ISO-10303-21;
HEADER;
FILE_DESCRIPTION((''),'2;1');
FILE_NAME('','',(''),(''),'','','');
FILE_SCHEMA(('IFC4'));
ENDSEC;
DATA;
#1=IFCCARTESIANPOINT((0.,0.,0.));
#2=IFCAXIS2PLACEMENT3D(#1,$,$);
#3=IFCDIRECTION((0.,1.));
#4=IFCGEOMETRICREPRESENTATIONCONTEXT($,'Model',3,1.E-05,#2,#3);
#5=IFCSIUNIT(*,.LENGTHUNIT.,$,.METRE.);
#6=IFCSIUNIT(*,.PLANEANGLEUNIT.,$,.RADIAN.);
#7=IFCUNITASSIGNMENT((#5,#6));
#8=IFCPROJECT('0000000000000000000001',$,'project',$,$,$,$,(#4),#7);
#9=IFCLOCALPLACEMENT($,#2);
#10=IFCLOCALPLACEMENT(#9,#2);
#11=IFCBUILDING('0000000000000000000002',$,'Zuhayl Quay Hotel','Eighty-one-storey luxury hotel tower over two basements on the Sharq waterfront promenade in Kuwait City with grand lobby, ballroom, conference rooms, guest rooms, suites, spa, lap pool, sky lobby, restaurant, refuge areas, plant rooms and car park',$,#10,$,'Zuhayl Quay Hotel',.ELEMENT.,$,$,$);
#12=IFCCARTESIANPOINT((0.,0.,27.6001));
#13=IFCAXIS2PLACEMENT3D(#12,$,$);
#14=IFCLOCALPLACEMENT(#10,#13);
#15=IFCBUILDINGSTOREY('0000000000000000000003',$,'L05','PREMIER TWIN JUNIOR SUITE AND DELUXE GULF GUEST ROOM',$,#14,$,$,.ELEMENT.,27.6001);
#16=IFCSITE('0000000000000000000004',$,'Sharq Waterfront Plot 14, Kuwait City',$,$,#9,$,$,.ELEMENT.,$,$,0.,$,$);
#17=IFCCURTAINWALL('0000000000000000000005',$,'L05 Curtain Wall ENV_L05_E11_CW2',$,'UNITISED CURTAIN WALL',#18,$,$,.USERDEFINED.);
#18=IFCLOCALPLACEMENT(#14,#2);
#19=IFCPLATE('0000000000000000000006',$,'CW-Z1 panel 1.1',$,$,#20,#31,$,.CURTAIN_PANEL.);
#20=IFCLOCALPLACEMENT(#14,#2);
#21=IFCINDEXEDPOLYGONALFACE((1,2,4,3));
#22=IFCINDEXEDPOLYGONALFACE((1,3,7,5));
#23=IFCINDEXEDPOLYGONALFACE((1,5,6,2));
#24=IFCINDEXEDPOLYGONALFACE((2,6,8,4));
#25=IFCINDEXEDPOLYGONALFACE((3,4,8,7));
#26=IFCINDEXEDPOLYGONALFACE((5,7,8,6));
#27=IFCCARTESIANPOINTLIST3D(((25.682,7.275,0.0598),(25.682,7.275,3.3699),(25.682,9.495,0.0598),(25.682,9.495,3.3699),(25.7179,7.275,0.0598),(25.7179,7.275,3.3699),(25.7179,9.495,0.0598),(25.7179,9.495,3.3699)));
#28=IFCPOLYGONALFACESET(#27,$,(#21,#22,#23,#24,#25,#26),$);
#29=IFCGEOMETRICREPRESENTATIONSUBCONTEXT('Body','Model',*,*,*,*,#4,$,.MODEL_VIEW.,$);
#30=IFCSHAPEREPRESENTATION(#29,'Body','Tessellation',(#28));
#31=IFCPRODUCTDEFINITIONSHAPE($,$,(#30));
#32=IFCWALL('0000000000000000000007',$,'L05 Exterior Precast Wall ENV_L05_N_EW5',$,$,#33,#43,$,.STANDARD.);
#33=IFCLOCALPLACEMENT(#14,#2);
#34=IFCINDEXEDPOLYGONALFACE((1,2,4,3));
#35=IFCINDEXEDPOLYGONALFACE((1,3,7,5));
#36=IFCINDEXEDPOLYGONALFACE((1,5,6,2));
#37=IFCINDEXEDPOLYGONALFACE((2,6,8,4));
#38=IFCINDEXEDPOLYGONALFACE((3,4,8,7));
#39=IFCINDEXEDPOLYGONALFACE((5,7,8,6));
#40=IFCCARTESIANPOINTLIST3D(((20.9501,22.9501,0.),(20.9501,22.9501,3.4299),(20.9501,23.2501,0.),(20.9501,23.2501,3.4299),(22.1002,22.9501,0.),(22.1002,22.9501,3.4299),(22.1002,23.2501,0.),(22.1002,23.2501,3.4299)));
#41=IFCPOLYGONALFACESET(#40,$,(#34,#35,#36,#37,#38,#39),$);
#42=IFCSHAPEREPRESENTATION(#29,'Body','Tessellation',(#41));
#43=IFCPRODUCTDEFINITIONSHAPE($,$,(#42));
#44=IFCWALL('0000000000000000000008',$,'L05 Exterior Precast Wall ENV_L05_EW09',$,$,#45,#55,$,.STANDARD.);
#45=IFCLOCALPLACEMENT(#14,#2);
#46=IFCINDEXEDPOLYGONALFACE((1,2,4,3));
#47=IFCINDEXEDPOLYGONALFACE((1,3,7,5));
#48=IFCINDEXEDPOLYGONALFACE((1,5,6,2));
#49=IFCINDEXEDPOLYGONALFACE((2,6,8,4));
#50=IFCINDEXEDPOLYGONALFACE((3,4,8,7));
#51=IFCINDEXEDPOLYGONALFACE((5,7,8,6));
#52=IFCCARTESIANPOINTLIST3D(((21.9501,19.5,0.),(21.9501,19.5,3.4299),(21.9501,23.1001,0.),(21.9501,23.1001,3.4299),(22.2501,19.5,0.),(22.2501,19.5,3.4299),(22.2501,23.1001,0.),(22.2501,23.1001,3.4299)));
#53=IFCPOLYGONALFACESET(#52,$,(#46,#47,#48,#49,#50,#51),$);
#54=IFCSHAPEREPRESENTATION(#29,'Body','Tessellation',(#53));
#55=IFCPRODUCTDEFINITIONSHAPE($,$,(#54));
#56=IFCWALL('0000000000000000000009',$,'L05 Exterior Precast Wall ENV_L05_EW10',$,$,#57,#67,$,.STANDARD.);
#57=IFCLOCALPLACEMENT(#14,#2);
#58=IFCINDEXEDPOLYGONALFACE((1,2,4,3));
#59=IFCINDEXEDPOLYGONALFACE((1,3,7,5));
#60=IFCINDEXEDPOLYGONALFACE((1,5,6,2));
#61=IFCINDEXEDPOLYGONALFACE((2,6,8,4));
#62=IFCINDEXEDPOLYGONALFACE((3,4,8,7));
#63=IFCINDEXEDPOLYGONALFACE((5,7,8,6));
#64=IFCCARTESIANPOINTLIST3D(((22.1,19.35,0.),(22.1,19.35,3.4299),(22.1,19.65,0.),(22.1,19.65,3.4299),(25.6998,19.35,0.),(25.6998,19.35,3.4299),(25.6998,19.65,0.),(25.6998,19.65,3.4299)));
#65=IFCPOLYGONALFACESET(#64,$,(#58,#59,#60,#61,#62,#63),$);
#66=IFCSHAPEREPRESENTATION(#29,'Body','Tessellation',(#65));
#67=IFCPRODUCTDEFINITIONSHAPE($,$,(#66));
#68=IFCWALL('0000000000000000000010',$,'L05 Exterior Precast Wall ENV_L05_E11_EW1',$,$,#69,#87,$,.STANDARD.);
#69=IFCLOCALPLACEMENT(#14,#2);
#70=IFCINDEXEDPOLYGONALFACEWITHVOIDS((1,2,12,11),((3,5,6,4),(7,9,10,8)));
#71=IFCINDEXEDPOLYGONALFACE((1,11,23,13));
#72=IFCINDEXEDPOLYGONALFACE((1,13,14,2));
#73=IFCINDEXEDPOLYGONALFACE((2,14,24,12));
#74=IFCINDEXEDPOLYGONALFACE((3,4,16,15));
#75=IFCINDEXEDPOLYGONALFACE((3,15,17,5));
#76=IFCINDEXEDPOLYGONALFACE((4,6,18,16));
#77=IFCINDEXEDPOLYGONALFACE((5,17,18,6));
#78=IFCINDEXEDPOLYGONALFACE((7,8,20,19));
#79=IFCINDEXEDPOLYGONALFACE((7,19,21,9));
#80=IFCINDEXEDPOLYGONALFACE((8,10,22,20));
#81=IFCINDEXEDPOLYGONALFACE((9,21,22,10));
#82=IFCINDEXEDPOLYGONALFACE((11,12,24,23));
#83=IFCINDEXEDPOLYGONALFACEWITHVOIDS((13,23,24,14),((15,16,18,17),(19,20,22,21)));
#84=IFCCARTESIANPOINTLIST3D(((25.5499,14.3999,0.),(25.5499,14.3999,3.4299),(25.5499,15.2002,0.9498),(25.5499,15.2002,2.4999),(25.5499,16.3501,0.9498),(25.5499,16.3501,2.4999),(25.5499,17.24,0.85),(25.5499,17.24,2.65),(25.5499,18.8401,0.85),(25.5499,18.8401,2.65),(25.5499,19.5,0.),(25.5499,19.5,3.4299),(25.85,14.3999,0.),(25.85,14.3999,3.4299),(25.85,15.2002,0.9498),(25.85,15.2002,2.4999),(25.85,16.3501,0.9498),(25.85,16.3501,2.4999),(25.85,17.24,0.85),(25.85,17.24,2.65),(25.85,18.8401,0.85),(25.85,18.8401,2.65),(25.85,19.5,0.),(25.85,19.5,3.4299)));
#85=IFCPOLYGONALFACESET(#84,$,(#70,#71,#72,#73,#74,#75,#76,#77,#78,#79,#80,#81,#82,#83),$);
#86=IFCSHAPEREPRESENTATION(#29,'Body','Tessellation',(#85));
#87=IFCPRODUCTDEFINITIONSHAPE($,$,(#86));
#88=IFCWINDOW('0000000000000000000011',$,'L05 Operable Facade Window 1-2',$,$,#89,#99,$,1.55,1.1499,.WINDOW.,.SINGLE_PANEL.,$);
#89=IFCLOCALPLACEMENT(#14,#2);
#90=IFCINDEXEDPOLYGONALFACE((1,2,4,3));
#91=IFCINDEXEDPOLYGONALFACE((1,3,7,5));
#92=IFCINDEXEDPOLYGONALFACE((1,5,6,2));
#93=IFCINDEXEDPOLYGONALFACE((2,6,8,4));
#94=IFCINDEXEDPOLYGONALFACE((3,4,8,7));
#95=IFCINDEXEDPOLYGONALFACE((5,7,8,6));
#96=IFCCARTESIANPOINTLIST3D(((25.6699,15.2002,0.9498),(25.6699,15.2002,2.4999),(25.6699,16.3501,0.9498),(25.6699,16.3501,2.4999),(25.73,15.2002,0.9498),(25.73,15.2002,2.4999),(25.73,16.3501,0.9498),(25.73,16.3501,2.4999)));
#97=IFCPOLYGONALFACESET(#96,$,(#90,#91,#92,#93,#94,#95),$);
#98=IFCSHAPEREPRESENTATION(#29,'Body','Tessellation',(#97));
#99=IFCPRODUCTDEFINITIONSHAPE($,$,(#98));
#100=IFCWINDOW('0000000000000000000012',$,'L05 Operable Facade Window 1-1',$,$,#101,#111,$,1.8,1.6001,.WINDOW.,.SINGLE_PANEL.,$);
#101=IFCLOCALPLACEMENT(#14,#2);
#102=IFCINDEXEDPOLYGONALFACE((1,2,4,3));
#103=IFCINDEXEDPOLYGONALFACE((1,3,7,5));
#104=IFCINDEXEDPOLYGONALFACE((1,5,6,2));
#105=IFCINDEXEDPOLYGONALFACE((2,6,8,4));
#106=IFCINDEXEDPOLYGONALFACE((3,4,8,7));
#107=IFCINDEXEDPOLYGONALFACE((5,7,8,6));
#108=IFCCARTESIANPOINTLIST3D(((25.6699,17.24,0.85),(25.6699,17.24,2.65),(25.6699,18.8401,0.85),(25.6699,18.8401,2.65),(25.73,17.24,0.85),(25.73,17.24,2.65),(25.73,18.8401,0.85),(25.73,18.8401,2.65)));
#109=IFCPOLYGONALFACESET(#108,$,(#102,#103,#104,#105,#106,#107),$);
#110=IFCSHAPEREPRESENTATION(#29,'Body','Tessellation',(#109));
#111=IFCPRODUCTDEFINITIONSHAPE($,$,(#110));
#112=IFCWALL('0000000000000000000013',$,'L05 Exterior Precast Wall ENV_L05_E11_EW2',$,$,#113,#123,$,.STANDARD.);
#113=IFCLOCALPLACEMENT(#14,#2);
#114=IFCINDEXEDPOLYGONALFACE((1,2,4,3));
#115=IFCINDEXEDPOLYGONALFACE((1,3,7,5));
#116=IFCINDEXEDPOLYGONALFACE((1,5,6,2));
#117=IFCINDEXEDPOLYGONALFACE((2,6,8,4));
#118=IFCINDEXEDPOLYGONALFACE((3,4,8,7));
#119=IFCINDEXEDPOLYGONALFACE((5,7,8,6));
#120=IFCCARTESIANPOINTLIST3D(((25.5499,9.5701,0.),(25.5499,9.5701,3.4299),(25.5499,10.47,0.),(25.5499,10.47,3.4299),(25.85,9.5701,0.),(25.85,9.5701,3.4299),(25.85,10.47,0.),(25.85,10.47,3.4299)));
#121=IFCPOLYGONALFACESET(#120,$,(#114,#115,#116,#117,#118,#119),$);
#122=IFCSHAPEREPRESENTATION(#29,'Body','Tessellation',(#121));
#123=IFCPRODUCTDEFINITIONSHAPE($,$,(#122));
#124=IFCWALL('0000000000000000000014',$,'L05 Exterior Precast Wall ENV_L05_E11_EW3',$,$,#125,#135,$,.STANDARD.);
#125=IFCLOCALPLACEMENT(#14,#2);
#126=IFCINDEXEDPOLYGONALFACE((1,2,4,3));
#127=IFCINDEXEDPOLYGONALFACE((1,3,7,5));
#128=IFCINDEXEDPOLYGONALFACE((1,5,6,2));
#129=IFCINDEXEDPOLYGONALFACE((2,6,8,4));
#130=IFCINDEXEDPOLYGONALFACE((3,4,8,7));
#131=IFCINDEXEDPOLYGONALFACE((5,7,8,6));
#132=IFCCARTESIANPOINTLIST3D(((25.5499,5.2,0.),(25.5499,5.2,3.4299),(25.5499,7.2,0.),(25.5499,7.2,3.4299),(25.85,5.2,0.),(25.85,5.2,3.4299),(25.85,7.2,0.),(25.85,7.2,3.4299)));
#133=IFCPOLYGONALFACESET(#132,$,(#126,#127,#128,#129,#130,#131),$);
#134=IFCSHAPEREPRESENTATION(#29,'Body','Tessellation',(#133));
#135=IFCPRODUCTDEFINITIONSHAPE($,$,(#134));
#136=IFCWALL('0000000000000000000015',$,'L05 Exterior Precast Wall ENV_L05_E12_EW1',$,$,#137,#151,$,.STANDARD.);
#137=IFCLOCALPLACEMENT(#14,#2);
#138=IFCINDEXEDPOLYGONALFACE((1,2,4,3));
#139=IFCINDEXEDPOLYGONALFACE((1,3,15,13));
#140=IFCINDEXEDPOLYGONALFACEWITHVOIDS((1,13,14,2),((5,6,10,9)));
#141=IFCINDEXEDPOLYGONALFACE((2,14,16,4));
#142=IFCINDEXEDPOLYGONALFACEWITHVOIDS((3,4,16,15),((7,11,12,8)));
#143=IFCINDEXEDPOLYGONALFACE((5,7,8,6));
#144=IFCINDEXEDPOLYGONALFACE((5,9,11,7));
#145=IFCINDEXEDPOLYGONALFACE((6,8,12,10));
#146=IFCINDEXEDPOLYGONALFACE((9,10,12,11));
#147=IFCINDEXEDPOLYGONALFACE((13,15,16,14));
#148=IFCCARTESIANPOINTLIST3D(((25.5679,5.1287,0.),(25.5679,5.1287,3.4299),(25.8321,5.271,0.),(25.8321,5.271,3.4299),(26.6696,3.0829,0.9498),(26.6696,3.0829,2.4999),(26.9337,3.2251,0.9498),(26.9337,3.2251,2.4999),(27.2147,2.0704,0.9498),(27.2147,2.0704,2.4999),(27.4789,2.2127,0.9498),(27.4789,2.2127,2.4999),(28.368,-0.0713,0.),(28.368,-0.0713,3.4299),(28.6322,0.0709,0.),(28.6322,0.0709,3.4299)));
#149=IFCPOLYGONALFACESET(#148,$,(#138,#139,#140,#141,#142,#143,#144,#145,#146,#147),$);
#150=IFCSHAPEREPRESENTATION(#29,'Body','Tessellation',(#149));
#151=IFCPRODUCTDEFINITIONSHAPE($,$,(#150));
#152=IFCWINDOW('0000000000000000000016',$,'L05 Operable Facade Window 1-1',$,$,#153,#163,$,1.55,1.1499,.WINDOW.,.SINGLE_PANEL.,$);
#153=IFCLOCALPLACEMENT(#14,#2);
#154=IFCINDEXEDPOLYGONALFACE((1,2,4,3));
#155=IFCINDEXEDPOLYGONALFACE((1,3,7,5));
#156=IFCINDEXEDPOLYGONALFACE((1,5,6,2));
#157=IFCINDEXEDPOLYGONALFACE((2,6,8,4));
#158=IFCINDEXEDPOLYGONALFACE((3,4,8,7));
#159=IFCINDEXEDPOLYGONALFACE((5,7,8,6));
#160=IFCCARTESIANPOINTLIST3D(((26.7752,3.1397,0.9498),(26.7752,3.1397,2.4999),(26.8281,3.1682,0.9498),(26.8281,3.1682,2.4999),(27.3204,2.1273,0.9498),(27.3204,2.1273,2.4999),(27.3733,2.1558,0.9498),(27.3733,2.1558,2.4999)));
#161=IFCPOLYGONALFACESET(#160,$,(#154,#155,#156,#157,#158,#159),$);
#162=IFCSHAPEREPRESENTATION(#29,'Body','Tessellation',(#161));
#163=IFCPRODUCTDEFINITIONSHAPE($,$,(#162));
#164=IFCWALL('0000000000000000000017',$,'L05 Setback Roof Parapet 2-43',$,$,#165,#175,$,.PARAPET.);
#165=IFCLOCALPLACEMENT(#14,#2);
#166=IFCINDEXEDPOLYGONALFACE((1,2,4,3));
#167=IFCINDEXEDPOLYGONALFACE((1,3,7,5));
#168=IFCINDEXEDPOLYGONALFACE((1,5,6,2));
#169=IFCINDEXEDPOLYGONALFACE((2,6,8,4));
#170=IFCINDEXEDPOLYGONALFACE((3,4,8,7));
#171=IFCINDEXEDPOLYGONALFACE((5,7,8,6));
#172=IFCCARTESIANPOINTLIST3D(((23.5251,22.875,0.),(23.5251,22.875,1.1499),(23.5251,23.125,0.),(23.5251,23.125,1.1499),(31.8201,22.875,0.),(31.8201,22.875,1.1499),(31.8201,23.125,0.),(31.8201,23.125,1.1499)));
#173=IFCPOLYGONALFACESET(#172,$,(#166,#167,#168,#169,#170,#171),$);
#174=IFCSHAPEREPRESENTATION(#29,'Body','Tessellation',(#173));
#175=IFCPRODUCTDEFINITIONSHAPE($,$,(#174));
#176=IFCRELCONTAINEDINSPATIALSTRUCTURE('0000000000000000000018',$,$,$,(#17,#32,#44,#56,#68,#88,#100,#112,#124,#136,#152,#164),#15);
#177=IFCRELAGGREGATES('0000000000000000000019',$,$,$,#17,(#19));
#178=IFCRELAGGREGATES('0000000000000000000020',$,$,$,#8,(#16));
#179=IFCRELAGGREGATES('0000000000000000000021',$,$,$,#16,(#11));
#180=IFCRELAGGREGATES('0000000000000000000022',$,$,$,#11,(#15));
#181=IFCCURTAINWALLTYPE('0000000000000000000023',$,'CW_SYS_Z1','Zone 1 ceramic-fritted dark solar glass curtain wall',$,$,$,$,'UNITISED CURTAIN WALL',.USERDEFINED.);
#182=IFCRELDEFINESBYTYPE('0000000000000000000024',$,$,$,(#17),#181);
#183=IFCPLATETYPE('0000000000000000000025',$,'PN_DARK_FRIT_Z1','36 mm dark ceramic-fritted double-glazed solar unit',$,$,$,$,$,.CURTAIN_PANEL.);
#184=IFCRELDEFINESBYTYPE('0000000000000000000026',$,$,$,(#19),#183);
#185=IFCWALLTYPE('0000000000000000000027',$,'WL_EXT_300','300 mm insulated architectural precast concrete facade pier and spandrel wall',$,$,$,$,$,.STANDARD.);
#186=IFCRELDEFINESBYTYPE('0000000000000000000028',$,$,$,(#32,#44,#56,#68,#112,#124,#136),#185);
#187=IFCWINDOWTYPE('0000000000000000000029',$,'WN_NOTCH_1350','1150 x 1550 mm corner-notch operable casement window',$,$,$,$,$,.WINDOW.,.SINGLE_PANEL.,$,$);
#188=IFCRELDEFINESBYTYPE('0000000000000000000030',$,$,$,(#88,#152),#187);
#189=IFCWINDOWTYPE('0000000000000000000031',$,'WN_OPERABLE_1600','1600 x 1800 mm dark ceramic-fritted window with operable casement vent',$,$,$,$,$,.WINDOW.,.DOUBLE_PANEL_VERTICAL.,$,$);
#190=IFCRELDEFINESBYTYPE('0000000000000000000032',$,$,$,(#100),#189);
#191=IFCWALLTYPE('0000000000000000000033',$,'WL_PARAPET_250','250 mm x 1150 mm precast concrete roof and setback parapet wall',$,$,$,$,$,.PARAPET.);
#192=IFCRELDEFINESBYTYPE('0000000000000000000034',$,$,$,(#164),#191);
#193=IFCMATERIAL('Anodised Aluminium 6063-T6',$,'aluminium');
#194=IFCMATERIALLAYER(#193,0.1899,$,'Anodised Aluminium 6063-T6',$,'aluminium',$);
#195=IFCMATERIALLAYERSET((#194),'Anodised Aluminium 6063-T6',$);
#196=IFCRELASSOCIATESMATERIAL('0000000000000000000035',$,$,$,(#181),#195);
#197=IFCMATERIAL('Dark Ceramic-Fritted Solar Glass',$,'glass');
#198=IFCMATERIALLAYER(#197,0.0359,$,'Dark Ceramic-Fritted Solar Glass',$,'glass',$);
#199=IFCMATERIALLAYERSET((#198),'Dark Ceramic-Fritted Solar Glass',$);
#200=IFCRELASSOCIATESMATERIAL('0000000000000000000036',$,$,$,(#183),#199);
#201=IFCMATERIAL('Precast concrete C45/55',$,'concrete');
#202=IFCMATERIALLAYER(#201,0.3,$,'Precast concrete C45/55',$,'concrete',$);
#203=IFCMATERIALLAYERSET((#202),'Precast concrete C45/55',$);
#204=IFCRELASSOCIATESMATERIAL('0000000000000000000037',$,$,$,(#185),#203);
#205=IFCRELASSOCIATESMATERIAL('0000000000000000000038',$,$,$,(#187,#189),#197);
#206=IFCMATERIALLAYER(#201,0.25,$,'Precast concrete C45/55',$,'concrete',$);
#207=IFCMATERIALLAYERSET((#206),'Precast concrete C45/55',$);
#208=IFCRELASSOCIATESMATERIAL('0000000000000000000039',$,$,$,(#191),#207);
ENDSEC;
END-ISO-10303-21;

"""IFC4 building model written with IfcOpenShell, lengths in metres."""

from ifc_helpers import new_model, si_unit, direction, frame, frame_2d, origin, origin_2d, place, context, subcontext, project, spatial, rectangle, extrude, material, layer, layer_set, type_object, element, fill, aggregate, save


model = new_model("IFC4")

# Units and contexts
model_context = context("Model", 3, precision=1e-05, world=origin(), true_north=direction((0.0, 1.0)))
body_context = subcontext(model_context, "Body", "Model", "MODEL_VIEW")
ifc_project = project(units=[si_unit("LENGTHUNIT", "METRE"), si_unit("PLANEANGLEUNIT", "RADIAN")], contexts=[model_context])

# Site, building, storey
site_placement = place(None, origin())
site = spatial("IfcSite", under=ifc_project, at=site_placement, Name="Sharq Waterfront Plot 14, Kuwait City", CompositionType="ELEMENT", RefElevation=0.0)
building_placement = place(site_placement, origin())
building = spatial("IfcBuilding", under=site, at=building_placement, Name="Zuhayl Quay Hotel", Description="Eighty-one-storey luxury hotel tower over two basements on the Sharq waterfront promenade in Kuwait City with grand lobby, ballroom, conference rooms, guest rooms, suites, spa, lap pool, sky lobby, restaurant, refuge areas, plant rooms and car park", LongName="Zuhayl Quay Hotel", CompositionType="ELEMENT")
storey_placement = place(building_placement, frame((0.0, 0.0, 27.6001)))
storey = spatial("IfcBuildingStorey", under=building, at=storey_placement, Name="L05", Description="PREMIER TWIN JUNIOR SUITE AND DELUXE GULF GUEST ROOM", CompositionType="ELEMENT", Elevation=27.6001)

# Shared definitions
ifc_material_1 = material(Name="Anodised Aluminium 6063-T6", Category="aluminium")
ifc_layer_1 = layer(ifc_material_1, 0.1899, Name="Anodised Aluminium 6063-T6", Category="aluminium")
ifc_layer_set_1 = layer_set([ifc_layer_1], Name="Anodised Aluminium 6063-T6")
curtain_wall_type = type_object("IfcCurtainWallType", Name="CW_SYS_Z1", Description="Zone 1 ceramic-fritted dark solar glass curtain wall", ElementType="UNITISED CURTAIN WALL", PredefinedType="USERDEFINED", material=ifc_layer_set_1)

# Curtain wall
curtain_wall_1_placement = place(storey_placement, origin())
curtain_wall_1 = element("IfcCurtainWall", 1, at=curtain_wall_1_placement, inside=storey, type_object=curtain_wall_type, Name="L05 Curtain Wall ENV_L05_E11_CW2", ObjectType="UNITISED CURTAIN WALL", PredefinedType="USERDEFINED")

# Plate
ifc_material_2 = material(Name="Dark Ceramic-Fritted Solar Glass", Category="glass")
ifc_layer_2 = layer(ifc_material_2, 0.0359, Name="Dark Ceramic-Fritted Solar Glass", Category="glass")
ifc_layer_set_2 = layer_set([ifc_layer_2], Name="Dark Ceramic-Fritted Solar Glass")
plate_type = type_object("IfcPlateType", Name="PN_DARK_FRIT_Z1", Description="36 mm dark ceramic-fritted double-glazed solar unit", PredefinedType="CURTAIN_PANEL", material=ifc_layer_set_2)
plate_1_placement = place(storey_placement, frame((25.7, 8.385, 0.0598), z_axis=(0.0, 0.0, 1.0), x_axis=(0.0, -1.0, 0.0)))
plate_1 = element("IfcPlate", 2, at=plate_1_placement, type_object=plate_type, Name="CW-Z1 panel 1.1", PredefinedType="CURTAIN_PANEL", context=body_context, shape_type="SweptSolid", body=[
    extrude(rectangle(XDim=2.22, YDim=0.0359, at=origin_2d()), origin(), (0.0, 0.0, 1.0), 3.3101),
])
aggregate(curtain_wall_1, [plate_1])

# Walls
ifc_material_3 = material(Name="Precast concrete C45/55", Category="concrete")
ifc_layer_3 = layer(ifc_material_3, 0.3, Name="Precast concrete C45/55", Category="concrete")
ifc_layer_set_3 = layer_set([ifc_layer_3], Name="Precast concrete C45/55")
wall_type_1 = type_object("IfcWallType", Name="WL_EXT_300", Description="300 mm insulated architectural precast concrete facade pier and spandrel wall", PredefinedType="STANDARD", material=ifc_layer_set_3)
wall_1_placement = place(storey_placement, frame((20.95, 23.1001, 0.0), z_axis=(0.0, 0.0, 1.0), x_axis=(1.0, 0.0, 0.0)))
element("IfcWall", 3, at=wall_1_placement, inside=storey, type_object=wall_type_1, Name="L05 Exterior Precast Wall ENV_L05_N_EW5", PredefinedType="STANDARD", context=body_context, shape_type="SweptSolid", body=[
    extrude(rectangle(XDim=1.1501, YDim=0.3, at=frame_2d((0.5752, 0.0))), origin(), (0.0, 0.0, 1.0), 3.4299),
])
wall_2_placement = place(storey_placement, frame((22.1001, 23.1001, 0.0), z_axis=(0.0, 0.0, 1.0), x_axis=(0.0, -1.0, 0.0)))
element("IfcWall", 4, at=wall_2_placement, inside=storey, type_object=wall_type_1, Name="L05 Exterior Precast Wall ENV_L05_EW09", PredefinedType="STANDARD", context=body_context, shape_type="SweptSolid", body=[
    extrude(rectangle(XDim=3.6001, YDim=0.3, at=frame_2d((1.8, 0.0))), origin(), (0.0, 0.0, 1.0), 3.4299),
])
wall_3_placement = place(storey_placement, frame((22.1001, 19.5, 0.0), z_axis=(0.0, 0.0, 1.0), x_axis=(1.0, 0.0, 0.0)))
element("IfcWall", 5, at=wall_3_placement, inside=storey, type_object=wall_type_1, Name="L05 Exterior Precast Wall ENV_L05_EW10", PredefinedType="STANDARD", context=body_context, shape_type="SweptSolid", body=[
    extrude(rectangle(XDim=3.5999, YDim=0.3, at=frame_2d((1.7998, 0.0))), origin(), (0.0, 0.0, 1.0), 3.4299),
])

# Wall, openings, windows
wall_4_placement = place(storey_placement, frame((25.7, 19.5, 0.0), z_axis=(0.0, 0.0, 1.0), x_axis=(0.0, -1.0, 0.0)))
wall_4 = element("IfcWall", 6, at=wall_4_placement, inside=storey, type_object=wall_type_1, Name="L05 Exterior Precast Wall ENV_L05_E11_EW1", PredefinedType="STANDARD", context=body_context, shape_type="SweptSolid", body=[
    extrude(rectangle(XDim=5.1001, YDim=0.3, at=frame_2d((2.55, 0.0))), origin(), (0.0, 0.0, 1.0), 3.4299),
])
opening_1_placement = place(wall_4_placement, frame((0.6599, 0.0, 0.8501)))
opening_1 = element("IfcOpeningElement", 7, at=opening_1_placement, cuts=wall_4, PredefinedType="OPENING", context=body_context, shape_type="SweptSolid", body=[
    extrude(rectangle(XDim=1.6001, YDim=1.8, at=frame_2d((0.8, 0.8999))), frame((0.0, 0.1599, 0.0), z_axis=(0.0, -1.0, 0.0), x_axis=(1.0, 0.0, 0.0)), (0.0, 0.0, 1.0), 0.3201),
])
opening_2_placement = place(wall_4_placement, frame((3.1499, 0.0, 0.95)))
opening_2 = element("IfcOpeningElement", 8, at=opening_2_placement, cuts=wall_4, PredefinedType="OPENING", context=body_context, shape_type="SweptSolid", body=[
    extrude(rectangle(XDim=1.1499, YDim=1.55, at=frame_2d((0.575, 0.7749))), frame((0.0, 0.1599, 0.0), z_axis=(0.0, -1.0, 0.0), x_axis=(1.0, 0.0, 0.0)), (0.0, 0.0, 1.0), 0.3201),
])
window_type_1 = type_object("IfcWindowType", Name="WN_NOTCH_1350", Description="1150 x 1550 mm corner-notch operable casement window", PartitioningType="SINGLE_PANEL", PredefinedType="WINDOW", material=ifc_material_2)
window_1_placement = place(opening_2_placement, origin())
window_1 = element("IfcWindow", 9, at=window_1_placement, inside=storey, type_object=window_type_1, Name="L05 Operable Facade Window 1-2", OverallHeight=1.55, OverallWidth=1.1499, PartitioningType="SINGLE_PANEL", PredefinedType="WINDOW", context=body_context, shape_type="SweptSolid", body=[
    extrude(rectangle(XDim=1.1499, YDim=1.55, at=frame_2d((0.575, 0.7749))), frame((0.0, 0.03, 0.0), z_axis=(0.0, -1.0, 0.0), x_axis=(1.0, 0.0, 0.0)), (0.0, 0.0, 1.0), 0.0601),
])
fill(opening_2, window_1)
window_type_2 = type_object("IfcWindowType", Name="WN_OPERABLE_1600", Description="1600 x 1800 mm dark ceramic-fritted window with operable casement vent", PartitioningType="DOUBLE_PANEL_VERTICAL", PredefinedType="WINDOW", material=ifc_material_2)
window_2_placement = place(opening_1_placement, origin())
window_2 = element("IfcWindow", 10, at=window_2_placement, inside=storey, type_object=window_type_2, Name="L05 Operable Facade Window 1-1", OverallHeight=1.8, OverallWidth=1.6001, PartitioningType="SINGLE_PANEL", PredefinedType="WINDOW", context=body_context, shape_type="SweptSolid", body=[
    extrude(rectangle(XDim=1.6001, YDim=1.8, at=frame_2d((0.8, 0.8999))), frame((0.0, 0.03, 0.0), z_axis=(0.0, -1.0, 0.0), x_axis=(1.0, 0.0, 0.0)), (0.0, 0.0, 1.0), 0.0601),
])
fill(opening_1, window_2)

# Walls
wall_5_placement = place(storey_placement, frame((25.7, 10.47, 0.0), z_axis=(0.0, 0.0, 1.0), x_axis=(0.0, -1.0, 0.0)))
element("IfcWall", 11, at=wall_5_placement, inside=storey, type_object=wall_type_1, Name="L05 Exterior Precast Wall ENV_L05_E11_EW2", PredefinedType="STANDARD", context=body_context, shape_type="SweptSolid", body=[
    extrude(rectangle(XDim=0.8999, YDim=0.3, at=frame_2d((0.45, 0.0))), origin(), (0.0, 0.0, 1.0), 3.4299),
])
wall_6_placement = place(storey_placement, frame((25.7, 7.2, 0.0), z_axis=(0.0, 0.0, 1.0), x_axis=(0.0, -1.0, 0.0)))
element("IfcWall", 12, at=wall_6_placement, inside=storey, type_object=wall_type_1, Name="L05 Exterior Precast Wall ENV_L05_E11_EW3", PredefinedType="STANDARD", context=body_context, shape_type="SweptSolid", body=[
    extrude(rectangle(XDim=2.0, YDim=0.3, at=frame_2d((1.0, 0.0))), origin(), (0.0, 0.0, 1.0), 3.4299),
])

# Wall, opening, window
wall_7_placement = place(storey_placement, frame((25.7, 5.2, 0.0), z_axis=(0.0, 0.0, 1.0), x_axis=(0.47411, -0.880466, 0.0)))
wall_7 = element("IfcWall", 13, at=wall_7_placement, inside=storey, type_object=wall_type_1, Name="L05 Exterior Precast Wall ENV_L05_E12_EW1", PredefinedType="STANDARD", context=body_context, shape_type="SweptSolid", body=[
    extrude(rectangle(XDim=5.906, YDim=0.3, at=frame_2d((2.9531, 0.0))), origin(), (0.0, 0.0, 1.0), 3.4299),
])
opening_3_placement = place(wall_7_placement, frame((2.3237, 0.0, 0.95)))
opening_3 = element("IfcOpeningElement", 14, at=opening_3_placement, cuts=wall_7, PredefinedType="OPENING", context=body_context, shape_type="SweptSolid", body=[
    extrude(rectangle(XDim=1.1499, YDim=1.55, at=frame_2d((0.575, 0.7749))), frame((0.0, 0.1599, 0.0), z_axis=(0.0, -1.0, 0.0), x_axis=(1.0, 0.0, 0.0)), (0.0, 0.0, 1.0), 0.3201),
])
window_3_placement = place(opening_3_placement, origin())
window_3 = element("IfcWindow", 15, at=window_3_placement, inside=storey, type_object=window_type_1, Name="L05 Operable Facade Window 1-1", OverallHeight=1.55, OverallWidth=1.1499, PartitioningType="SINGLE_PANEL", PredefinedType="WINDOW", context=body_context, shape_type="SweptSolid", body=[
    extrude(rectangle(XDim=1.1499, YDim=1.55, at=frame_2d((0.575, 0.7749))), frame((0.0, 0.03, 0.0), z_axis=(0.0, -1.0, 0.0), x_axis=(1.0, 0.0, 0.0)), (0.0, 0.0, 1.0), 0.0601),
])
fill(opening_3, window_3)

# Wall
ifc_layer_4 = layer(ifc_material_3, 0.25, Name="Precast concrete C45/55", Category="concrete")
ifc_layer_set_4 = layer_set([ifc_layer_4], Name="Precast concrete C45/55")
wall_type_2 = type_object("IfcWallType", Name="WL_PARAPET_250", Description="250 mm x 1150 mm precast concrete roof and setback parapet wall", PredefinedType="PARAPET", material=ifc_layer_set_4)
wall_8_placement = place(storey_placement, frame((23.5251, 23.0, 0.0), z_axis=(0.0, 0.0, 1.0), x_axis=(1.0, 0.0, 0.0)))
element("IfcWall", 16, at=wall_8_placement, inside=storey, type_object=wall_type_2, Name="L05 Setback Roof Parapet 2-43", PredefinedType="PARAPET", context=body_context, shape_type="SweptSolid", body=[
    extrude(rectangle(XDim=8.2949, YDim=0.25, at=frame_2d((4.1475, 0.0))), origin(), (0.0, 0.0, 1.0), 1.1499),
])

save(model, "model.ifc")
